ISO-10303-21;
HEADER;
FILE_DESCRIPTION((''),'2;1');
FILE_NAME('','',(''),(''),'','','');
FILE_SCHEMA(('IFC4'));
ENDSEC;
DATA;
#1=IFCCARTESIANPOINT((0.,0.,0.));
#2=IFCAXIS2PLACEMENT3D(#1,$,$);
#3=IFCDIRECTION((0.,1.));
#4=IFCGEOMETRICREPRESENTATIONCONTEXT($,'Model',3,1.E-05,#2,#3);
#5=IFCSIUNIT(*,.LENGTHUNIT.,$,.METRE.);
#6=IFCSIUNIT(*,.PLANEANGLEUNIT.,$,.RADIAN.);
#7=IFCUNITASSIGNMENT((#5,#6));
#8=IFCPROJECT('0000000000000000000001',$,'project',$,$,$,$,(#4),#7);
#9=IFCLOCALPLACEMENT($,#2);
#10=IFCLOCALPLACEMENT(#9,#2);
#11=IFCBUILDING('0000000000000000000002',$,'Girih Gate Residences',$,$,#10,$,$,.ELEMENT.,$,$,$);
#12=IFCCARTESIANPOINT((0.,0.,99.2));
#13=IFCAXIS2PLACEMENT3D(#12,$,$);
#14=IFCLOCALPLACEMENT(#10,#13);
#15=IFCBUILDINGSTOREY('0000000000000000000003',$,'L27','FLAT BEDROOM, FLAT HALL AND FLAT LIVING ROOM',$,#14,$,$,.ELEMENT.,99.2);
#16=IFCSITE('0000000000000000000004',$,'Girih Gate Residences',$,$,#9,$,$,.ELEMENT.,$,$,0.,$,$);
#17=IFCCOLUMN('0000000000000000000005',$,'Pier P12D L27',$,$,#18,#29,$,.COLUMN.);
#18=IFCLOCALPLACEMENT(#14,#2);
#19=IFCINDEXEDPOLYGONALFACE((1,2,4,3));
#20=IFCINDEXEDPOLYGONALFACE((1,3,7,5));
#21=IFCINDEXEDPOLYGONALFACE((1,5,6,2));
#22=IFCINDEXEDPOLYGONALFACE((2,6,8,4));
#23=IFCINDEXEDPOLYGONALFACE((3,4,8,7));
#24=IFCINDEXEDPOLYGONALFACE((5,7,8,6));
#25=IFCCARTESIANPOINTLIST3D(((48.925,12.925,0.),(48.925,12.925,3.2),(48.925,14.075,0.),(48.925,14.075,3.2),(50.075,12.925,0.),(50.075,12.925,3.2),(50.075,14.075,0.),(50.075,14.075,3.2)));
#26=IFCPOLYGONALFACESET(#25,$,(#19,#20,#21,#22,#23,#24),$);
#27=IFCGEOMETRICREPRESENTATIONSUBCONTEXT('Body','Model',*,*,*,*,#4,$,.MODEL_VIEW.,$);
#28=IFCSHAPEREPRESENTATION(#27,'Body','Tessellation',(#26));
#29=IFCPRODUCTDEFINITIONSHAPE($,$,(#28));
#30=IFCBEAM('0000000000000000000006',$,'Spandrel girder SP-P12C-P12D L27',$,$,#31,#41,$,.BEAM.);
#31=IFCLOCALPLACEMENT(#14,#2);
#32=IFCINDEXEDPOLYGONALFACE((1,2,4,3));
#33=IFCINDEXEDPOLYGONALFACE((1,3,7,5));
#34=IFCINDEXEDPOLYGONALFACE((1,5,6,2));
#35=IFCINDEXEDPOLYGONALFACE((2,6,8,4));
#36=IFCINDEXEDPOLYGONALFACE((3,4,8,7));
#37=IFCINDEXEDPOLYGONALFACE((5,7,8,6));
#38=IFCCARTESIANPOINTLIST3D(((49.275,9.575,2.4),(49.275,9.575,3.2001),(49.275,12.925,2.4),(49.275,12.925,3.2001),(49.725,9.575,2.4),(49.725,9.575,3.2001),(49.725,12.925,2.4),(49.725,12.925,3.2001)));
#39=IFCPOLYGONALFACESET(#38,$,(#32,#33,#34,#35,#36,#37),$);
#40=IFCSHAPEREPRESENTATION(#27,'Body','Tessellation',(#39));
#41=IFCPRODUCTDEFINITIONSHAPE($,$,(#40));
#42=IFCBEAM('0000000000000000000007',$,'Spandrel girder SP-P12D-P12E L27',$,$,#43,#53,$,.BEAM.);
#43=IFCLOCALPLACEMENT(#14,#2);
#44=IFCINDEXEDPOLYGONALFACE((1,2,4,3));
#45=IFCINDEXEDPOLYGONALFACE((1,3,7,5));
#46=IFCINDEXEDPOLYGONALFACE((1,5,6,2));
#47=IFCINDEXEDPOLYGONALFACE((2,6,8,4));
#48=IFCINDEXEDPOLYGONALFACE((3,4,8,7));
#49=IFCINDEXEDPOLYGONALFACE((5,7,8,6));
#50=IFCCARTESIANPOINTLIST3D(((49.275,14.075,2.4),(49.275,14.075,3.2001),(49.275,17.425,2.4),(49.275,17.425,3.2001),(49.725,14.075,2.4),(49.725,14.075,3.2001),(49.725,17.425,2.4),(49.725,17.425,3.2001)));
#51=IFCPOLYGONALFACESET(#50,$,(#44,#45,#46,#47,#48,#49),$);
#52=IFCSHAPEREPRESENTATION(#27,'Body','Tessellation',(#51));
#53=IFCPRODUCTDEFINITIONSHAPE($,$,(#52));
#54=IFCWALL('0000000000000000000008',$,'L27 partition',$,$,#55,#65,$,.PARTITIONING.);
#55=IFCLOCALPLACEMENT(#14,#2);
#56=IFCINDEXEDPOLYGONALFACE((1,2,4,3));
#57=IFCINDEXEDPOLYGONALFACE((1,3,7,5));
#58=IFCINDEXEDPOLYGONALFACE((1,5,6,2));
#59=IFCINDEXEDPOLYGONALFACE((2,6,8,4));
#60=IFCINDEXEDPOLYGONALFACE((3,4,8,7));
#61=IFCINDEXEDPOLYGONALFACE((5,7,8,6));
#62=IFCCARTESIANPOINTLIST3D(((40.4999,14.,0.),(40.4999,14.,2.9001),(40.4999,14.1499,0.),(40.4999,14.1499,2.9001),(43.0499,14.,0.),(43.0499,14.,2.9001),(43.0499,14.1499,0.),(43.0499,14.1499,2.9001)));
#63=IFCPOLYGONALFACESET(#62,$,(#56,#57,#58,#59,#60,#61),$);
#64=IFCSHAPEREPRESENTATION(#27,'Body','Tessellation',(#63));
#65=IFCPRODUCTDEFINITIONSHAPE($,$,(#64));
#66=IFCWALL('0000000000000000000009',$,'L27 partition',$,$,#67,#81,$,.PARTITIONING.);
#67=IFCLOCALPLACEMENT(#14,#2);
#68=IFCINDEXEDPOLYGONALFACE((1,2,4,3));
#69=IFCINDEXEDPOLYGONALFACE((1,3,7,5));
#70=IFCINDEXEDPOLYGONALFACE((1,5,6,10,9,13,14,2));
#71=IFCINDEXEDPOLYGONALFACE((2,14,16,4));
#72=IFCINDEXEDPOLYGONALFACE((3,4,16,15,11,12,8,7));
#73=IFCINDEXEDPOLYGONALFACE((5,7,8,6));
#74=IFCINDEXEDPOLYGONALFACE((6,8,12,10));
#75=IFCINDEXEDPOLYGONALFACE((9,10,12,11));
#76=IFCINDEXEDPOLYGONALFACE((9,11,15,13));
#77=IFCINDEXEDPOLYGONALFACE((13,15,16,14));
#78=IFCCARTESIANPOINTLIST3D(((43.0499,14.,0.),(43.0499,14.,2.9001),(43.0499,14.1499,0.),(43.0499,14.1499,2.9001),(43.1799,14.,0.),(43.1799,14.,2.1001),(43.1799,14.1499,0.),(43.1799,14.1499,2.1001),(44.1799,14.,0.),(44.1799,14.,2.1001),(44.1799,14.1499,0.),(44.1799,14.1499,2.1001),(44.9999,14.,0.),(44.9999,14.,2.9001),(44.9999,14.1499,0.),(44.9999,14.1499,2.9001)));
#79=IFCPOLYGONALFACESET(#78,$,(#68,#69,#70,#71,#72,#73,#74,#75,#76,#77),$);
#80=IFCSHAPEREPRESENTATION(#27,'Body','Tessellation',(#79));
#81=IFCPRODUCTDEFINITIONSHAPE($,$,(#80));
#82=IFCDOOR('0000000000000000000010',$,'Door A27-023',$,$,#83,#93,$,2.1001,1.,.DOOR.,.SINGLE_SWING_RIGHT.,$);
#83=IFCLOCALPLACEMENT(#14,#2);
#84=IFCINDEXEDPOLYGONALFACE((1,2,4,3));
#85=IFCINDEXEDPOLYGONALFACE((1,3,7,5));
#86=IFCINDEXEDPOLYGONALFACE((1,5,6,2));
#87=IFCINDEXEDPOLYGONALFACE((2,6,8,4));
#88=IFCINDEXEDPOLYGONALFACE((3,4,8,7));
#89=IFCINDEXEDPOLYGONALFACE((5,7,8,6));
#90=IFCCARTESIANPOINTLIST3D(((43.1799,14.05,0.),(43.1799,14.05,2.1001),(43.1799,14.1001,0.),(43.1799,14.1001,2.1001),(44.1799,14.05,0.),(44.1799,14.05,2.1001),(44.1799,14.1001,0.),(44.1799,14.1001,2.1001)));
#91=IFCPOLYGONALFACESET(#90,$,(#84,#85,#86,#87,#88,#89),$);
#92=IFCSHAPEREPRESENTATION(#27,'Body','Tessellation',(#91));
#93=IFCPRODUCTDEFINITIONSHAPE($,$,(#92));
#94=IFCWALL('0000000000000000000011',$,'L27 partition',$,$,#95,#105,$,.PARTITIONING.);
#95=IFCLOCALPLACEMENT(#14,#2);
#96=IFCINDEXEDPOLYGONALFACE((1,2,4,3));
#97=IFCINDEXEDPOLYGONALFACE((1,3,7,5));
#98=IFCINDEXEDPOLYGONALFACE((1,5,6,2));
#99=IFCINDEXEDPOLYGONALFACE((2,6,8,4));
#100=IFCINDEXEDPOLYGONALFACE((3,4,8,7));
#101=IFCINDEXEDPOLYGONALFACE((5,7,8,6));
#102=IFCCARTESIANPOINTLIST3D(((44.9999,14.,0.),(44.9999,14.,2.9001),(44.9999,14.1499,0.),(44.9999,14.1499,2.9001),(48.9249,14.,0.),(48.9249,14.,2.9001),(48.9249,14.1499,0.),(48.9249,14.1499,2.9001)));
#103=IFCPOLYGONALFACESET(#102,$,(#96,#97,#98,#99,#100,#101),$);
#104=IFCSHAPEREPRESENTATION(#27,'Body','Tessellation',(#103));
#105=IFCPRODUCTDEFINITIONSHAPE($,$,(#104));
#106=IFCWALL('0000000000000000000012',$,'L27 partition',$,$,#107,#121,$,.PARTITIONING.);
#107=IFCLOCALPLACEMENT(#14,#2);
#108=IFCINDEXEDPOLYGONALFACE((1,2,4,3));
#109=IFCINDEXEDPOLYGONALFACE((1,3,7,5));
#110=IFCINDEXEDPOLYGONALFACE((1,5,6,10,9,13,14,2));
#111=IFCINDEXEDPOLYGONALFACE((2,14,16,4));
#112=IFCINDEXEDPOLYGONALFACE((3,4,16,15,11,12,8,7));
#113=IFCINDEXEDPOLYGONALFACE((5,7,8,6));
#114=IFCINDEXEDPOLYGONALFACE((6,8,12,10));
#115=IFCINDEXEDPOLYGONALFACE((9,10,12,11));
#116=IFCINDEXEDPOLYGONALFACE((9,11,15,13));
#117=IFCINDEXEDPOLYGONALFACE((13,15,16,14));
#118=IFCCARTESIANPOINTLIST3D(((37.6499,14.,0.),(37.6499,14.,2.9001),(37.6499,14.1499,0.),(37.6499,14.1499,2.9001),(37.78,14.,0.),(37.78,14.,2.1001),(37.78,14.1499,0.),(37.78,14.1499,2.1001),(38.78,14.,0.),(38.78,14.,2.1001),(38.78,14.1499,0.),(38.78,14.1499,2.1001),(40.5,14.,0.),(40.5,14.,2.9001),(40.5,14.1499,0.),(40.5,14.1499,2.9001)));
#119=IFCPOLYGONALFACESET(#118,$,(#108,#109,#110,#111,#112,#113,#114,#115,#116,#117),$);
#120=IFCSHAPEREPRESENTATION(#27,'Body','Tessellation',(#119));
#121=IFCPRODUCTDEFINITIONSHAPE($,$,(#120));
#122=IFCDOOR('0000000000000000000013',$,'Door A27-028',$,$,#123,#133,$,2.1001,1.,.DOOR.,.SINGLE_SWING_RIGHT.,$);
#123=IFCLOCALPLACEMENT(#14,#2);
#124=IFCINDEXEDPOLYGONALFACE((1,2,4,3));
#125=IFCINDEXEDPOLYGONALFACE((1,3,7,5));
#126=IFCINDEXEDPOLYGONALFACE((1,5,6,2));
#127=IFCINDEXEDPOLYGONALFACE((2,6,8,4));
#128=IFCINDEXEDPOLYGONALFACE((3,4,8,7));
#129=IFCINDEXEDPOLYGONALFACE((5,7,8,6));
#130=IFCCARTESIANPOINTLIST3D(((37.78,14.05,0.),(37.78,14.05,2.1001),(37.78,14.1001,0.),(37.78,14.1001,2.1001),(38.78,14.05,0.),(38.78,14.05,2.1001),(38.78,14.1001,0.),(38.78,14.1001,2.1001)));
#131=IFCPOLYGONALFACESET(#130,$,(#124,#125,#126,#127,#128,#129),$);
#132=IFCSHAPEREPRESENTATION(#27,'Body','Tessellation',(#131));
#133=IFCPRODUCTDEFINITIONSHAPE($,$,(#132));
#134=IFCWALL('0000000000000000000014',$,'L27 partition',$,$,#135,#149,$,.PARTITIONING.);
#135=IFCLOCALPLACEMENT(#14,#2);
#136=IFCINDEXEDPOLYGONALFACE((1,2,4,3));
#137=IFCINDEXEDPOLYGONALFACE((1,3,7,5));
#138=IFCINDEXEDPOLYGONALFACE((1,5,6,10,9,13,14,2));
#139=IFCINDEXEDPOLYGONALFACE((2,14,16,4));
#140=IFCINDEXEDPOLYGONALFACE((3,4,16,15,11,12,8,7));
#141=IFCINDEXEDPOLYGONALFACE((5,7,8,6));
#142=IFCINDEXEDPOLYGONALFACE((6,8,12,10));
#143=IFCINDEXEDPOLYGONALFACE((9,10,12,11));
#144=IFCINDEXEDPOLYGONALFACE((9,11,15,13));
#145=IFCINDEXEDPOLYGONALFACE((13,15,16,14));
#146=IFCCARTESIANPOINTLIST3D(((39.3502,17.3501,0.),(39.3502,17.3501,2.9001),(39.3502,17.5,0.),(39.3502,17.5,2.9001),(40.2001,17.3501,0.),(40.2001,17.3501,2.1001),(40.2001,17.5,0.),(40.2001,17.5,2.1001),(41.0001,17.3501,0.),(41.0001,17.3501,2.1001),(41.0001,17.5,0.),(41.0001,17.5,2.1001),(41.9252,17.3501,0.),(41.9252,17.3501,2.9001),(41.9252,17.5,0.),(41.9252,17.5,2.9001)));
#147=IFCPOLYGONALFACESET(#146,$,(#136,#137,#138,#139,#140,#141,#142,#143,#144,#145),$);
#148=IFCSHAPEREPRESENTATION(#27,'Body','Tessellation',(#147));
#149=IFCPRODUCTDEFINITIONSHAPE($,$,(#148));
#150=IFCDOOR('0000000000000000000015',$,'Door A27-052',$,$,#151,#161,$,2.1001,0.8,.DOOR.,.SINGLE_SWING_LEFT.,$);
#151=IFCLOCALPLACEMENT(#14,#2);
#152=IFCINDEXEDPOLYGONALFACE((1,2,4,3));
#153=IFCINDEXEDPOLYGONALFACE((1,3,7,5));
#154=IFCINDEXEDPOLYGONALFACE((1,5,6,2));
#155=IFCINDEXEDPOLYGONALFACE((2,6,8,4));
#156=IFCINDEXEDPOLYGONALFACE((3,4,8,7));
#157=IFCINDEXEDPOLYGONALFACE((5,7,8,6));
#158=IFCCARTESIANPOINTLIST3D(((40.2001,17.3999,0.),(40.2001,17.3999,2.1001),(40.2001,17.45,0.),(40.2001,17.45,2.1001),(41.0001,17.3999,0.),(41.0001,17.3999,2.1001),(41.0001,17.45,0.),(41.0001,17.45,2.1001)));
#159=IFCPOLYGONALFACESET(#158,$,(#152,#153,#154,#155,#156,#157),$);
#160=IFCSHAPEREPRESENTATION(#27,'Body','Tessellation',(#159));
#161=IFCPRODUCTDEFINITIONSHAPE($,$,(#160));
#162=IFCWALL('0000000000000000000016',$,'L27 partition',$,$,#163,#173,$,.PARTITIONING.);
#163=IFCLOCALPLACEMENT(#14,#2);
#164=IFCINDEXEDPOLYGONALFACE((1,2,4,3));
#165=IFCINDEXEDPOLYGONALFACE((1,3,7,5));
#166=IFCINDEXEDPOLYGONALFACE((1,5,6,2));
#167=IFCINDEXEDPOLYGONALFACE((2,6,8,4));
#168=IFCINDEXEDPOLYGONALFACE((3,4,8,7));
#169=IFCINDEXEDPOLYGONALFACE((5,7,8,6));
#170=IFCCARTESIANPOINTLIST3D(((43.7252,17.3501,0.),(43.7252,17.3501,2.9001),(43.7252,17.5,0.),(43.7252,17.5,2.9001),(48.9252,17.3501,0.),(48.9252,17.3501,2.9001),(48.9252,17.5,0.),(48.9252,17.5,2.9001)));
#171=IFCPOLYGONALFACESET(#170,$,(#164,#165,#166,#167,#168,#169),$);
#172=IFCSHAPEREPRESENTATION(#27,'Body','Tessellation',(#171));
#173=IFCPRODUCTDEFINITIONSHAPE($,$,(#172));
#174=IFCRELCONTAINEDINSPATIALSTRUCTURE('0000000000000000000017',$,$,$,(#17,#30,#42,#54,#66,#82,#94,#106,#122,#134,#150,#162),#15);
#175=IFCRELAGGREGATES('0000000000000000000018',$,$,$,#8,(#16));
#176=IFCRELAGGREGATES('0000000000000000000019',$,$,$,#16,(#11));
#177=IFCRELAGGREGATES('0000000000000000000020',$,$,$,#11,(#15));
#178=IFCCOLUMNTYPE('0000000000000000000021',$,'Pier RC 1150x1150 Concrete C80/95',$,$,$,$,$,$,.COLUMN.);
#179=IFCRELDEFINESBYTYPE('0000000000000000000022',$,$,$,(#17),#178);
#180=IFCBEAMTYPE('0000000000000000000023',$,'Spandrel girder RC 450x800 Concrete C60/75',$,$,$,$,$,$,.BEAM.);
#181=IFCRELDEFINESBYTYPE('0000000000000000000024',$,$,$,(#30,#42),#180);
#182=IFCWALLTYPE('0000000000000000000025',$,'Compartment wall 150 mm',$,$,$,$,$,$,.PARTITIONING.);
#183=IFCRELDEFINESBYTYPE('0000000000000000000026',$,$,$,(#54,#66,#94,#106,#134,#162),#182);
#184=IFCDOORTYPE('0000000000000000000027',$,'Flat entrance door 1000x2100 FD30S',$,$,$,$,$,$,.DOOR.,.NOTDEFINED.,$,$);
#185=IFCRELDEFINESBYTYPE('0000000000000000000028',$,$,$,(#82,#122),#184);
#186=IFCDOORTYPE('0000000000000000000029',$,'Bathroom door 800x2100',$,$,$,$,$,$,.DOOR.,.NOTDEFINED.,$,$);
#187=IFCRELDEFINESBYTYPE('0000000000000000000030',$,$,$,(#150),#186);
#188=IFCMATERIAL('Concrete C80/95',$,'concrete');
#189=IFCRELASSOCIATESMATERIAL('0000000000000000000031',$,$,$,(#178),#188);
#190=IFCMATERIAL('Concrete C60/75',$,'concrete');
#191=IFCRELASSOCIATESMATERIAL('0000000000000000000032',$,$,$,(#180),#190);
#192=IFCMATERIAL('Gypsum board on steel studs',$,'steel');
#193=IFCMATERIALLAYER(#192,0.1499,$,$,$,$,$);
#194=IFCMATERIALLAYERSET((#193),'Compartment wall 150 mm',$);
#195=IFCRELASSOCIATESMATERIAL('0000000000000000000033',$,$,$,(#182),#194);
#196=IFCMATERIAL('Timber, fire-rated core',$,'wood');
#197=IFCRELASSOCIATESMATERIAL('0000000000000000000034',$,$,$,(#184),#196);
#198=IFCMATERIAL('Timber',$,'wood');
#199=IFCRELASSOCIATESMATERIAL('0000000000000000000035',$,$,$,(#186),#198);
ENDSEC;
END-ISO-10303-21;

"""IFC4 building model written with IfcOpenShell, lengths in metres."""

from ifc_helpers import new_model, si_unit, direction, frame, frame_2d, origin, origin_2d, place, context, subcontext, project, spatial, rectangle, extrude, material, layer, layer_set, material_profile, profile_set, type_object, element, fill, save


model = new_model("IFC4")

# Units and contexts
model_context = context("Model", 3, precision=1e-05, world=origin(), true_north=direction((0.0, 1.0)))
body_context = subcontext(model_context, "Body", "Model", "MODEL_VIEW")
ifc_project = project(units=[si_unit("LENGTHUNIT", "METRE"), si_unit("PLANEANGLEUNIT", "RADIAN")], contexts=[model_context])

# Site, building, storey
site_placement = place(None, origin())
site = spatial("IfcSite", under=ifc_project, at=site_placement, Name="Girih Gate Residences", CompositionType="ELEMENT", RefElevation=0.0)
building_placement = place(site_placement, origin())
building = spatial("IfcBuilding", under=site, at=building_placement, Name="Girih Gate Residences", CompositionType="ELEMENT")
storey_placement = place(building_placement, frame((0.0, 0.0, 99.2)))
storey = spatial("IfcBuildingStorey", under=building, at=storey_placement, Name="L27", Description="FLAT BEDROOM, FLAT HALL AND FLAT LIVING ROOM", CompositionType="ELEMENT", Elevation=99.2)

# Column
ifc_material_1 = material(Name="Concrete C80/95", Category="concrete")
ifc_material_profile_1 = material_profile(ifc_material_1, rectangle(XDim=1.1499, YDim=1.1499, at=origin_2d()))
ifc_profile_set_1 = profile_set([ifc_material_profile_1], Name="Concrete C80/95")
column_type = type_object("IfcColumnType", Name="Pier RC 1150x1150 Concrete C80/95", PredefinedType="COLUMN", material=ifc_profile_set_1)
column_placement = place(storey_placement, frame((49.5, 13.5, 0.0), z_axis=(0.0, 0.0, 1.0), x_axis=(1.0, 0.0, 0.0)))
element("IfcColumn", 1, at=column_placement, inside=storey, type_object=column_type, Name="Pier P12D L27", PredefinedType="COLUMN", context=body_context, shape_type="SweptSolid", body=[
    extrude(rectangle(XDim=1.1499, YDim=1.1499, at=origin_2d()), origin(), (0.0, 0.0, 1.0), 3.2),
])

# Beams
ifc_material_2 = material(Name="Concrete C60/75", Category="concrete")
ifc_material_profile_2 = material_profile(ifc_material_2, rectangle(XDim=0.45, YDim=0.8, at=origin_2d()))
ifc_profile_set_2 = profile_set([ifc_material_profile_2], Name="Concrete C60/75")
beam_type = type_object("IfcBeamType", Name="Spandrel girder RC 450x800 Concrete C60/75", PredefinedType="BEAM", material=ifc_profile_set_2)
for number, where, z_axis, x_axis, name in (
    (2, (49.5, 9.575, 2.8), (0.0, 1.0, 0.0), (-1.0, 0.0, 0.0), "Spandrel girder SP-P12C-P12D L27"),
    (3, (49.5, 14.075, 2.8), (0.0, 1.0, 0.0), (-1.0, 0.0, 0.0), "Spandrel girder SP-P12D-P12E L27"),
):
    element("IfcBeam", number, at=place(storey_placement, frame(where, z_axis=z_axis, x_axis=x_axis)), inside=storey, type_object=beam_type, Name=name, PredefinedType="BEAM", context=body_context, shape_type="SweptSolid", body=[
        extrude(rectangle(XDim=0.45, YDim=0.8, at=origin_2d()), origin(), (0.0, 0.0, 1.0), 3.3501),
    ])

# Wall
ifc_material_3 = material(Name="Gypsum board on steel studs", Category="steel")
ifc_layer_1 = layer(ifc_material_3, 0.1499)
ifc_layer_set_1 = layer_set([ifc_layer_1], Name="Compartment wall 150 mm")
wall_type_1 = type_object("IfcWallType", Name="Compartment wall 150 mm", PredefinedType="PARTITIONING", material=ifc_layer_set_1)
wall_1_placement = place(storey_placement, frame((40.5, 14.075, 0.0), z_axis=(0.0, 0.0, 1.0), x_axis=(1.0, 0.0, 0.0)))
element("IfcWall", 4, at=wall_1_placement, inside=storey, type_object=wall_type_1, Name="L27 partition", PredefinedType="PARTITIONING", context=body_context, shape_type="SweptSolid", body=[
    extrude(rectangle(XDim=2.55, YDim=0.1499, at=frame_2d((1.2749, 0.0))), origin(), (0.0, 0.0, 1.0), 2.9001),
])

# Wall, opening, door
wall_2_placement = place(storey_placement, frame((45.0, 14.075, 0.0), z_axis=(0.0, 0.0, 1.0), x_axis=(-1.0, 0.0, 0.0)))
wall_2 = element("IfcWall", 5, at=wall_2_placement, inside=storey, type_object=wall_type_1, Name="L27 partition", PredefinedType="PARTITIONING", context=body_context, shape_type="SweptSolid", body=[
    extrude(rectangle(XDim=1.95, YDim=0.1499, at=frame_2d((0.9751, 0.0))), origin(), (0.0, 0.0, 1.0), 2.9001),
])
opening_1_placement = place(wall_2_placement, frame((0.8201, 0.0, 0.0)))
opening_1 = element("IfcOpeningElement", 6, at=opening_1_placement, cuts=wall_2, PredefinedType="OPENING", context=body_context, shape_type="SweptSolid", body=[
    extrude(rectangle(XDim=1.0, YDim=2.1001, at=frame_2d((0.5, 1.05))), frame((0.0, 0.085, 0.0), z_axis=(0.0, -1.0, 0.0), x_axis=(1.0, 0.0, 0.0)), (0.0, 0.0, 1.0), 0.1699),
])
ifc_material_4 = material(Name="Timber, fire-rated core", Category="wood")
door_type_1 = type_object("IfcDoorType", Name="Flat entrance door 1000x2100 FD30S", OperationType="NOTDEFINED", PredefinedType="DOOR", material=ifc_material_4)
door_1_placement = place(opening_1_placement, origin())
door_1 = element("IfcDoor", 7, at=door_1_placement, inside=storey, type_object=door_type_1, Name="Door A27-023", OperationType="SINGLE_SWING_RIGHT", OverallHeight=2.1001, OverallWidth=1.0, PredefinedType="DOOR", context=body_context, shape_type="SweptSolid", body=[
    extrude(rectangle(XDim=1.0, YDim=2.1001, at=frame_2d((0.5, 1.05))), frame((0.0, 0.0249, 0.0), z_axis=(0.0, -1.0, 0.0), x_axis=(1.0, 0.0, 0.0)), (0.0, 0.0, 1.0), 0.05),
])
fill(opening_1, door_1)

# Wall
wall_3_placement = place(storey_placement, frame((45.0, 14.075, 0.0), z_axis=(0.0, 0.0, 1.0), x_axis=(1.0, 0.0, 0.0)))
element("IfcWall", 8, at=wall_3_placement, inside=storey, type_object=wall_type_1, Name="L27 partition", PredefinedType="PARTITIONING", context=body_context, shape_type="SweptSolid", body=[
    extrude(rectangle(XDim=3.925, YDim=0.1499, at=frame_2d((1.9624, 0.0))), origin(), (0.0, 0.0, 1.0), 2.9001),
])

# Walls, openings, doors
wall_4_placement = place(storey_placement, frame((40.5, 14.075, 0.0), z_axis=(0.0, 0.0, 1.0), x_axis=(-1.0, 0.0, 0.0)))
wall_4 = element("IfcWall", 9, at=wall_4_placement, inside=storey, type_object=wall_type_1, Name="L27 partition", PredefinedType="PARTITIONING", context=body_context, shape_type="SweptSolid", body=[
    extrude(rectangle(XDim=2.8501, YDim=0.1499, at=frame_2d((1.425, 0.0))), origin(), (0.0, 0.0, 1.0), 2.9001),
])
opening_2_placement = place(wall_4_placement, frame((1.72, 0.0, 0.0)))
opening_2 = element("IfcOpeningElement", 10, at=opening_2_placement, cuts=wall_4, PredefinedType="OPENING", context=body_context, shape_type="SweptSolid", body=[
    extrude(rectangle(XDim=1.0, YDim=2.1001, at=frame_2d((0.5, 1.05))), frame((0.0, 0.085, 0.0), z_axis=(0.0, -1.0, 0.0), x_axis=(1.0, 0.0, 0.0)), (0.0, 0.0, 1.0), 0.1699),
])
door_2_placement = place(opening_2_placement, origin())
door_2 = element("IfcDoor", 11, at=door_2_placement, inside=storey, type_object=door_type_1, Name="Door A27-028", OperationType="SINGLE_SWING_RIGHT", OverallHeight=2.1001, OverallWidth=1.0, PredefinedType="DOOR", context=body_context, shape_type="SweptSolid", body=[
    extrude(rectangle(XDim=1.0, YDim=2.1001, at=frame_2d((0.5, 1.05))), frame((0.0, 0.0249, 0.0), z_axis=(0.0, -1.0, 0.0), x_axis=(1.0, 0.0, 0.0)), (0.0, 0.0, 1.0), 0.05),
])
fill(opening_2, door_2)
wall_5_placement = place(storey_placement, frame((39.3501, 17.425, 0.0), z_axis=(0.0, 0.0, 1.0), x_axis=(1.0, 0.0, 0.0)))
wall_5 = element("IfcWall", 12, at=wall_5_placement, inside=storey, type_object=wall_type_1, Name="L27 partition", PredefinedType="PARTITIONING", context=body_context, shape_type="SweptSolid", body=[
    extrude(rectangle(XDim=2.575, YDim=0.1499, at=frame_2d((1.2876, 0.0))), origin(), (0.0, 0.0, 1.0), 2.9001),
])
opening_3_placement = place(wall_5_placement, frame((0.8501, 0.0, 0.0)))
opening_3 = element("IfcOpeningElement", 13, at=opening_3_placement, cuts=wall_5, PredefinedType="OPENING", context=body_context, shape_type="SweptSolid", body=[
    extrude(rectangle(XDim=0.8, YDim=2.1001, at=frame_2d((0.3999, 1.05))), frame((0.0, 0.085, 0.0), z_axis=(0.0, -1.0, 0.0), x_axis=(1.0, 0.0, 0.0)), (0.0, 0.0, 1.0), 0.1699),
])
ifc_material_5 = material(Name="Timber", Category="wood")
door_type_2 = type_object("IfcDoorType", Name="Bathroom door 800x2100", OperationType="NOTDEFINED", PredefinedType="DOOR", material=ifc_material_5)
door_3_placement = place(opening_3_placement, origin())
door_3 = element("IfcDoor", 14, at=door_3_placement, inside=storey, type_object=door_type_2, Name="Door A27-052", OperationType="SINGLE_SWING_LEFT", OverallHeight=2.1001, OverallWidth=0.8, PredefinedType="DOOR", context=body_context, shape_type="SweptSolid", body=[
    extrude(rectangle(XDim=0.8, YDim=2.1001, at=frame_2d((0.3999, 1.05))), frame((0.0, 0.0249, 0.0), z_axis=(0.0, -1.0, 0.0), x_axis=(1.0, 0.0, 0.0)), (0.0, 0.0, 1.0), 0.05),
])
fill(opening_3, door_3)

# Wall
wall_6_placement = place(storey_placement, frame((43.7251, 17.425, 0.0), z_axis=(0.0, 0.0, 1.0), x_axis=(1.0, 0.0, 0.0)))
element("IfcWall", 15, at=wall_6_placement, inside=storey, type_object=wall_type_1, Name="L27 partition", PredefinedType="PARTITIONING", context=body_context, shape_type="SweptSolid", body=[
    extrude(rectangle(XDim=5.2, YDim=0.1499, at=frame_2d((2.6001, 0.0))), origin(), (0.0, 0.0, 1.0), 2.9001),
])

save(model, "model.ifc")
